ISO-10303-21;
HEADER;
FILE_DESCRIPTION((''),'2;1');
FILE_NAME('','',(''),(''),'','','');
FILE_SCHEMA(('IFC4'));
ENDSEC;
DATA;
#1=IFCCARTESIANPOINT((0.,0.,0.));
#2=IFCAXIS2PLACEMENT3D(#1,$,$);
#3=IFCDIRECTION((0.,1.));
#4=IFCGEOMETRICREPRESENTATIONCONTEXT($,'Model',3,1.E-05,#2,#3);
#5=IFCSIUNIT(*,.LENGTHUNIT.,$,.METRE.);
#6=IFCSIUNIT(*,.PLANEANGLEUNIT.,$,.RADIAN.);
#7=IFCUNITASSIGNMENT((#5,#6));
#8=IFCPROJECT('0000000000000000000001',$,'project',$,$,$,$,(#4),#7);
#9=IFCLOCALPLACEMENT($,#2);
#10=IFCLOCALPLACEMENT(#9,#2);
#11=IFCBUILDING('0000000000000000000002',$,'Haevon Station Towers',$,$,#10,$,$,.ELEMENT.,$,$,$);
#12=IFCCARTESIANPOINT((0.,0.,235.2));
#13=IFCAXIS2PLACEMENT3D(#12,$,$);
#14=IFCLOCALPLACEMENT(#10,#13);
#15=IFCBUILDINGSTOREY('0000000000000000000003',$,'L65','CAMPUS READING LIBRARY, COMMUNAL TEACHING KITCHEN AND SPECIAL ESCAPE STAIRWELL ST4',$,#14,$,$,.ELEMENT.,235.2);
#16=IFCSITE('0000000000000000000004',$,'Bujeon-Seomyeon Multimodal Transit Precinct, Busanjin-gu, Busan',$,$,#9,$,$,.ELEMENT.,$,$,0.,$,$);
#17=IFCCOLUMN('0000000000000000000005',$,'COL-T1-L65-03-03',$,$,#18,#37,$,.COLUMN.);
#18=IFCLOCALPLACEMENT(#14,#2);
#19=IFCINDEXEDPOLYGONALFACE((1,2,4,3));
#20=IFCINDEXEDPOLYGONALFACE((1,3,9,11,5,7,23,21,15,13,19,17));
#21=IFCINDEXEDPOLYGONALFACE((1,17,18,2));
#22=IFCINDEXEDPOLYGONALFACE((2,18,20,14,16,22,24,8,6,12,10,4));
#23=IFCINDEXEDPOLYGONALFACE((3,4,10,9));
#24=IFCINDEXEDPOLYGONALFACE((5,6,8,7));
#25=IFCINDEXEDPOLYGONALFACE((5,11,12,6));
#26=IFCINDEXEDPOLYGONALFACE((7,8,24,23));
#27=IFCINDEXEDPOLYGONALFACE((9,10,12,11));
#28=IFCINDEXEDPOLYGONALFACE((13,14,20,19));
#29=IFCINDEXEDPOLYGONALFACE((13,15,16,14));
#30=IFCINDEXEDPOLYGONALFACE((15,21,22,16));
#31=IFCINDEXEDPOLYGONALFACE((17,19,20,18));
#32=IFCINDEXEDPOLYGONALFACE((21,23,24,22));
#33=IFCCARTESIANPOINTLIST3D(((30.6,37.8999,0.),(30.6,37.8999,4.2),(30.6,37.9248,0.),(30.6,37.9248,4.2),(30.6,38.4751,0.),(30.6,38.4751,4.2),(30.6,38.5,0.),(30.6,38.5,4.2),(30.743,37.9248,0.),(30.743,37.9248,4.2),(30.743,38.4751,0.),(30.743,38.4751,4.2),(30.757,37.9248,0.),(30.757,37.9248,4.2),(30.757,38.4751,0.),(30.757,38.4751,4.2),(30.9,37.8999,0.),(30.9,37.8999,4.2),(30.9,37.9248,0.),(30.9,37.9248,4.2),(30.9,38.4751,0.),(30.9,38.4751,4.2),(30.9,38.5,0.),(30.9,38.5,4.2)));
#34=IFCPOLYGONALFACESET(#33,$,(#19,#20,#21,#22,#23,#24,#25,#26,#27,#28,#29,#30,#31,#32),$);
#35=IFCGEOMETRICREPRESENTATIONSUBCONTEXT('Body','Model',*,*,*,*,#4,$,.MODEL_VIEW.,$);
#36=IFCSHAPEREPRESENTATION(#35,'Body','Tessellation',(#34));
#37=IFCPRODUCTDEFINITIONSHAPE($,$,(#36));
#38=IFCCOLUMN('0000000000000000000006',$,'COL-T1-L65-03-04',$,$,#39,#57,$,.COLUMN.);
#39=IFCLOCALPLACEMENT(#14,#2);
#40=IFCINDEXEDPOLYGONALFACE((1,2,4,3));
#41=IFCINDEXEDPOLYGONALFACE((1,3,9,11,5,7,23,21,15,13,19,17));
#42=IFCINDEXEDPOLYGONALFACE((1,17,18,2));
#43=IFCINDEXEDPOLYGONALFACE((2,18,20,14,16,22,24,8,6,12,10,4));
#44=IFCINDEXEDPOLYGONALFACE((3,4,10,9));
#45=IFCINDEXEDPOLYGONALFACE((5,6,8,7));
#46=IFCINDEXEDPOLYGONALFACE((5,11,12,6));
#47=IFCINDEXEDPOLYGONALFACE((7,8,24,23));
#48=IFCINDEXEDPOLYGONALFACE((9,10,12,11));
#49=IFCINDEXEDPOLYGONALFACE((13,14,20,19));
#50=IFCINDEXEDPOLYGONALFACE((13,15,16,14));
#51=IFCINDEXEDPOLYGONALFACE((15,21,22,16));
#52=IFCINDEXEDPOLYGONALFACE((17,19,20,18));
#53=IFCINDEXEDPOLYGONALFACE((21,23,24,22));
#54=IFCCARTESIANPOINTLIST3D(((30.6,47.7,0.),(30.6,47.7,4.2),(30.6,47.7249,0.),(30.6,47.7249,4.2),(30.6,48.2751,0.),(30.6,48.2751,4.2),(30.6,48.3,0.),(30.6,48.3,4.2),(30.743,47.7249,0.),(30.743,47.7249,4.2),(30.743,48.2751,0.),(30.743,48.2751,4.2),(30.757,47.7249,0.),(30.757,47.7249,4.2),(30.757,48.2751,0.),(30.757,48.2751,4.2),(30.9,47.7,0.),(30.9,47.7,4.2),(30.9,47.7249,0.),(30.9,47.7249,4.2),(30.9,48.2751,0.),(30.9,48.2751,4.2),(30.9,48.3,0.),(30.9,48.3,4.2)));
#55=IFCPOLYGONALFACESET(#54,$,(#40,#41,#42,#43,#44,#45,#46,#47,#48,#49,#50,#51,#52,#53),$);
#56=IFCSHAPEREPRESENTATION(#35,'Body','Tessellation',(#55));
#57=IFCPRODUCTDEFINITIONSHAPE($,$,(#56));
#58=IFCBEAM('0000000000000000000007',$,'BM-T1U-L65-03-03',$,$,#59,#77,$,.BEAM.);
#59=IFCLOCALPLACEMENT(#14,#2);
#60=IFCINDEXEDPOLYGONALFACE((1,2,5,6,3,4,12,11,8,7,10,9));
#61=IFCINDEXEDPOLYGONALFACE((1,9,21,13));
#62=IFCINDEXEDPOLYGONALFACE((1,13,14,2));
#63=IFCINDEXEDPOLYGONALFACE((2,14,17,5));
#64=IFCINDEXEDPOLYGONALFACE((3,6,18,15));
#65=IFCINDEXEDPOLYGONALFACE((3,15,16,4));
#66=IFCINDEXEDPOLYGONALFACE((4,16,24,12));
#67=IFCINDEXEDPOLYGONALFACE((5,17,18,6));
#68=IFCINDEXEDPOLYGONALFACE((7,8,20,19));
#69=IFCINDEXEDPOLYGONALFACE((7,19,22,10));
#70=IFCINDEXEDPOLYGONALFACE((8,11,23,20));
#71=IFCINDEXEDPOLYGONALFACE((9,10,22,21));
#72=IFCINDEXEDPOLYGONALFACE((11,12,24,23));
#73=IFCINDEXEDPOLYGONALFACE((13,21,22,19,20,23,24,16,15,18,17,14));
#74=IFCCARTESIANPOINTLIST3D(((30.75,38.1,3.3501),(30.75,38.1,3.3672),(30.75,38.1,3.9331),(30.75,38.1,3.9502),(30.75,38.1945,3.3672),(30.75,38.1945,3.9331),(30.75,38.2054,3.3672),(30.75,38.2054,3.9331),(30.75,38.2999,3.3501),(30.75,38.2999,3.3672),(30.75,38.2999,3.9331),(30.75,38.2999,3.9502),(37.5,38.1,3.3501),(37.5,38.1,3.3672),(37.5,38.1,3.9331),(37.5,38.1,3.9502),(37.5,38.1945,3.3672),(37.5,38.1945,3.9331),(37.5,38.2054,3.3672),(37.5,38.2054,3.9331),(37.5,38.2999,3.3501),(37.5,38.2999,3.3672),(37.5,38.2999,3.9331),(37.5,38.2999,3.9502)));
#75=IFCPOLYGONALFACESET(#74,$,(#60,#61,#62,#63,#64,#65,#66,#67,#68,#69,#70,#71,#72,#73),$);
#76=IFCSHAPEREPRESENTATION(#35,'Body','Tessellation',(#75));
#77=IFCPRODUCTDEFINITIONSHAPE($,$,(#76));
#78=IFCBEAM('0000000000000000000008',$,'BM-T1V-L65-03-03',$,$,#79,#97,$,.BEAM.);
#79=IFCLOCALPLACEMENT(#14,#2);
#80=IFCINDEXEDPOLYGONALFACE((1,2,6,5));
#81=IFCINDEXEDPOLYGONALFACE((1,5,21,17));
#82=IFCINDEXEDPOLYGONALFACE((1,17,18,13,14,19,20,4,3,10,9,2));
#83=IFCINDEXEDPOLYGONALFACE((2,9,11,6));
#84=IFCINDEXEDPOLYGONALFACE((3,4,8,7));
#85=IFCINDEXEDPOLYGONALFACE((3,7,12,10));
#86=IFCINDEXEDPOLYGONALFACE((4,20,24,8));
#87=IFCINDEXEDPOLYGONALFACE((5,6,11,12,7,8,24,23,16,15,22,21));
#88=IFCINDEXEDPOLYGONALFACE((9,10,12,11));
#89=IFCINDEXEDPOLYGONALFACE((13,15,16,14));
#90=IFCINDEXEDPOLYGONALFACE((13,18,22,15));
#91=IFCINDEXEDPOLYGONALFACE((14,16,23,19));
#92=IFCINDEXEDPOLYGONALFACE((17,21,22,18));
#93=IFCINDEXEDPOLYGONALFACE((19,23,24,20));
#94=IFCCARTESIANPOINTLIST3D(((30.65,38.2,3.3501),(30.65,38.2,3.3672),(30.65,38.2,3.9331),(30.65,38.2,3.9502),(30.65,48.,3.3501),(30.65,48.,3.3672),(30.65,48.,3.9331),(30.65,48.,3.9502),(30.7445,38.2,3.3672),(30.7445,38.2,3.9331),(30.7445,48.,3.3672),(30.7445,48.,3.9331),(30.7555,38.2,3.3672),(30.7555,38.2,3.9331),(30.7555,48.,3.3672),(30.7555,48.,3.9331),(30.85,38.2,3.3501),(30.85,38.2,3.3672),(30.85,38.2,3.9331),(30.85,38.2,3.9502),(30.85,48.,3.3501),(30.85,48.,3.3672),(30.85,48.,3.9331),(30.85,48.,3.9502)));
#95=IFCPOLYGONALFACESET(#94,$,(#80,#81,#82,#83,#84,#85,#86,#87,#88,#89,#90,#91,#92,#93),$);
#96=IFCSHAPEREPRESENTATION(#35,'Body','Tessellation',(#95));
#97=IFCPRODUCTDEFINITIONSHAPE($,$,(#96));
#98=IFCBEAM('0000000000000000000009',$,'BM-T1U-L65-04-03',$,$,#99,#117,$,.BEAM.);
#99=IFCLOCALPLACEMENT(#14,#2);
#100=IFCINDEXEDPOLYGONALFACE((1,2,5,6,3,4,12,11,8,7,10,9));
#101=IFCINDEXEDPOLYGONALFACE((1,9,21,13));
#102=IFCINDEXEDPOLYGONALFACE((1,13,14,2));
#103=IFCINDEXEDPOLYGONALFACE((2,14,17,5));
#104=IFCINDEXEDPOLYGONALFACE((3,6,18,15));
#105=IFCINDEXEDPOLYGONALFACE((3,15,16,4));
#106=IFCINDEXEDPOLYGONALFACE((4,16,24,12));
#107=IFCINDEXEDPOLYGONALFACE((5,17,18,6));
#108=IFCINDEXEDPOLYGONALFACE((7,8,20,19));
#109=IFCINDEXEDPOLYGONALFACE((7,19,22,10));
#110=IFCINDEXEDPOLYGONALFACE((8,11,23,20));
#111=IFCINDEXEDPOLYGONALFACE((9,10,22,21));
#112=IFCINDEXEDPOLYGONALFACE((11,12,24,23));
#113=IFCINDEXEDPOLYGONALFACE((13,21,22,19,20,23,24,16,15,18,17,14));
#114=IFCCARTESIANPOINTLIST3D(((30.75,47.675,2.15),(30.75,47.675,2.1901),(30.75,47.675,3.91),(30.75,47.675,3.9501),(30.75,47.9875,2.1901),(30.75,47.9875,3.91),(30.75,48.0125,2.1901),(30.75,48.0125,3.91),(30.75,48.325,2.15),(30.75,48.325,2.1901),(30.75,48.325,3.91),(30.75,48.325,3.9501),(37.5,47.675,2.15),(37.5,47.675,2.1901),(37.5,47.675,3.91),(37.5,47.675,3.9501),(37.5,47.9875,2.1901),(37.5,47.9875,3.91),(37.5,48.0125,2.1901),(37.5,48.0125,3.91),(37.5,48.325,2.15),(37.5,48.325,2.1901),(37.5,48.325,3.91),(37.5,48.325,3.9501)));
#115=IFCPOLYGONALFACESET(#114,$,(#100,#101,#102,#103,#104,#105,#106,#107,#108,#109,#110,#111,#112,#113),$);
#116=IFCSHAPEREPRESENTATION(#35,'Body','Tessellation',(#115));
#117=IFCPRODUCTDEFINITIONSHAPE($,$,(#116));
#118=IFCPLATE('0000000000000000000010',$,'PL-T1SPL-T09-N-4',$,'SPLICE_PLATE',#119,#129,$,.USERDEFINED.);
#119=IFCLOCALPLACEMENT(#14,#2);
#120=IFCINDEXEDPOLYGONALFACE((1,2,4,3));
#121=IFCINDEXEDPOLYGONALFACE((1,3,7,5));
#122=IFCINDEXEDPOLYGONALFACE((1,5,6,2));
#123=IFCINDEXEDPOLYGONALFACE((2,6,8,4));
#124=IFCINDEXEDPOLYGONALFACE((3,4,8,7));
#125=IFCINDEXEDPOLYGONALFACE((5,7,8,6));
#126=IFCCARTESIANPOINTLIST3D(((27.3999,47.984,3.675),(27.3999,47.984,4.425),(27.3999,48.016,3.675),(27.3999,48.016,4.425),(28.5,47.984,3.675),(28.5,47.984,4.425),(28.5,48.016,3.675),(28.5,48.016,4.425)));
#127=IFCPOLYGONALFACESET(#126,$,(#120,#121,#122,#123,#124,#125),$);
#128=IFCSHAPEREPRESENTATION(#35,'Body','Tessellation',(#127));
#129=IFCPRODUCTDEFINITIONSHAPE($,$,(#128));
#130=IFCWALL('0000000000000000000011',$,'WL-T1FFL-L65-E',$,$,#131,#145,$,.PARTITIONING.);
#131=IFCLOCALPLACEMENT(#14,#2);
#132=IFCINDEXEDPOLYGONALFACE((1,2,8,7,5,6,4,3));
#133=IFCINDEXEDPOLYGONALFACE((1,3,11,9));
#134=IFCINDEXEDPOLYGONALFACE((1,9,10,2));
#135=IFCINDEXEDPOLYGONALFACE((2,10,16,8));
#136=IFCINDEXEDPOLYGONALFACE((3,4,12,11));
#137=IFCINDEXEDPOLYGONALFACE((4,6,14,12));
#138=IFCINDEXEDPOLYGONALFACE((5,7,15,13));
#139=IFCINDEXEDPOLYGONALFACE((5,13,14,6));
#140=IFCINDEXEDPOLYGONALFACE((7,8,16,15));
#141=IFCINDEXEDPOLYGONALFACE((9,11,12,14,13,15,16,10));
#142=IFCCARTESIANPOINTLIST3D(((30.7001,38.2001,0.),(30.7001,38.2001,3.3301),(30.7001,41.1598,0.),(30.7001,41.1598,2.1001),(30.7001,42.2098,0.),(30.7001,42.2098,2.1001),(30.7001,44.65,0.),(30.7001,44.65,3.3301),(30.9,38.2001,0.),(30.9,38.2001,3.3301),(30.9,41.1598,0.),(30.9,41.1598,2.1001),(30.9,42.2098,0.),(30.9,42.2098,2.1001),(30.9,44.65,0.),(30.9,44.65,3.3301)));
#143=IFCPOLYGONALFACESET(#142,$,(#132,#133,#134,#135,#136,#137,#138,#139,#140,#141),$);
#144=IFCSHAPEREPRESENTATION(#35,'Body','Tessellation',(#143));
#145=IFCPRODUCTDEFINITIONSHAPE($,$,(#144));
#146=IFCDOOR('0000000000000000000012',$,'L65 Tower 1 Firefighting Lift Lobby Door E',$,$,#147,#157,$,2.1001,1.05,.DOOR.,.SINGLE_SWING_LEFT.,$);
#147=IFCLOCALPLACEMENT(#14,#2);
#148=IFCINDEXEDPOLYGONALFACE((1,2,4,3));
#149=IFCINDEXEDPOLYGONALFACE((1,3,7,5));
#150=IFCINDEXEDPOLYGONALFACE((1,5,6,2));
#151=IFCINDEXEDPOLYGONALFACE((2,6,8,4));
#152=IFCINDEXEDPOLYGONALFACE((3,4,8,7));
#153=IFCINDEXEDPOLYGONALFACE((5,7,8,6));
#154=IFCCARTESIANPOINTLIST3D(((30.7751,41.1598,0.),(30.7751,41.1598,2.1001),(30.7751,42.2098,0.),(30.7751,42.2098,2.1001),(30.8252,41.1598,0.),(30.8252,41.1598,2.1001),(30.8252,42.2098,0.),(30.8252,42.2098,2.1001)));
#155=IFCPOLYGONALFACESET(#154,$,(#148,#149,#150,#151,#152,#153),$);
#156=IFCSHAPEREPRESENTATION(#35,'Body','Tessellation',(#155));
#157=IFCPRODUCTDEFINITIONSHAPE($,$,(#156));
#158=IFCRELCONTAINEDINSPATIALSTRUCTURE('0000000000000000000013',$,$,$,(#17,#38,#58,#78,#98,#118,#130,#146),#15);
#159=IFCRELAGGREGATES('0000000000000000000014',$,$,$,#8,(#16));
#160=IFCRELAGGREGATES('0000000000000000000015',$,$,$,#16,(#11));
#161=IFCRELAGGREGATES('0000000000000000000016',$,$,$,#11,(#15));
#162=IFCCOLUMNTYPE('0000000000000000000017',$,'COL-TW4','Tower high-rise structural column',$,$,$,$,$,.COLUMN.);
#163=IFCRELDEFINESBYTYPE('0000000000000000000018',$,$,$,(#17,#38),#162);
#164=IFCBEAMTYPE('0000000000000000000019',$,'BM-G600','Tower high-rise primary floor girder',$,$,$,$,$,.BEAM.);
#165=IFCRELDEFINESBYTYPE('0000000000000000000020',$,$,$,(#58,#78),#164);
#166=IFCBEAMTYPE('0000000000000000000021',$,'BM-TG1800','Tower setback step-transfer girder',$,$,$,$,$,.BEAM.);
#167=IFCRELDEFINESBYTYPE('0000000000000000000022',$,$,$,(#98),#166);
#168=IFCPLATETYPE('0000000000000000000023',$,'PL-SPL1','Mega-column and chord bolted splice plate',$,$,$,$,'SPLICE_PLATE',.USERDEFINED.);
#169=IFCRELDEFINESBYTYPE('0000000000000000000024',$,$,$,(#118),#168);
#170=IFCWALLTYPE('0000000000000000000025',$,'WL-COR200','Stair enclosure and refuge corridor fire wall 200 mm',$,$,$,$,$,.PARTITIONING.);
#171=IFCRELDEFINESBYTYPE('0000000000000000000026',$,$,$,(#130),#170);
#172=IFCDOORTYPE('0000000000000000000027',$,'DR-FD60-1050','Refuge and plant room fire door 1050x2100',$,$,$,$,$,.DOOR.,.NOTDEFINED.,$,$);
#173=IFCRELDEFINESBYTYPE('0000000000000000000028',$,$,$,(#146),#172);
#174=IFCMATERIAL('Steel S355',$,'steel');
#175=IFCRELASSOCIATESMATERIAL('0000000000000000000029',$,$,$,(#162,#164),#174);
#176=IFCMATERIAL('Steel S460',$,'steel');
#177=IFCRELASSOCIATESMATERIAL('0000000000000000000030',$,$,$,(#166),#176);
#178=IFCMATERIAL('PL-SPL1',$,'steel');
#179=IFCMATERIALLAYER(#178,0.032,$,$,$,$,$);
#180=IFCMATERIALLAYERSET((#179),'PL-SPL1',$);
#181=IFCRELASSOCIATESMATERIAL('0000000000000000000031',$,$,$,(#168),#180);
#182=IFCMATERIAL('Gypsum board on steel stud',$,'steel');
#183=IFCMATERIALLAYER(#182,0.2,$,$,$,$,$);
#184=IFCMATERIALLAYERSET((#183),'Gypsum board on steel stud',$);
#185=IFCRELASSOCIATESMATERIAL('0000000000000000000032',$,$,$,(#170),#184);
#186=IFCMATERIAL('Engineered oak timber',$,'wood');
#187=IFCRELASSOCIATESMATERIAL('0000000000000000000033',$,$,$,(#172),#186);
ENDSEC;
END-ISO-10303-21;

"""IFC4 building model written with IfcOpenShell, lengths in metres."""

from ifc_helpers import new_model, si_unit, direction, frame, frame_2d, origin, origin_2d, place, context, subcontext, project, spatial, rectangle, i_section, extrude, material, layer, layer_set, material_profile, profile_set, type_object, element, fill, save


model = new_model("IFC4")

# Units and contexts
model_context = context("Model", 3, precision=1e-05, world=origin(), true_north=direction((0.0, 1.0)))
body_context = subcontext(model_context, "Body", "Model", "MODEL_VIEW")
ifc_project = project(units=[si_unit("LENGTHUNIT", "METRE"), si_unit("PLANEANGLEUNIT", "RADIAN")], contexts=[model_context])

# Site, building, storey
site_placement = place(None, origin())
site = spatial("IfcSite", under=ifc_project, at=site_placement, Name="Bujeon-Seomyeon Multimodal Transit Precinct, Busanjin-gu, Busan", CompositionType="ELEMENT", RefElevation=0.0)
building_placement = place(site_placement, origin())
building = spatial("IfcBuilding", under=site, at=building_placement, Name="Haevon Station Towers", CompositionType="ELEMENT")
storey_placement = place(building_placement, frame((0.0, 0.0, 235.2)))
storey = spatial("IfcBuildingStorey", under=building, at=storey_placement, Name="L65", Description="CAMPUS READING LIBRARY, COMMUNAL TEACHING KITCHEN AND SPECIAL ESCAPE STAIRWELL ST4", CompositionType="ELEMENT", Elevation=235.2)

# Columns
ifc_material_1 = material(Name="Steel S355", Category="steel")
ifc_material_profile_1 = material_profile(ifc_material_1, i_section(OverallWidth=0.3, OverallDepth=0.6001, WebThickness=0.0139, FlangeThickness=0.0249, at=origin_2d()), Name="H-600x300x14x25")
ifc_profile_set_1 = profile_set([ifc_material_profile_1], Name="Steel S355")
column_type = type_object("IfcColumnType", Name="COL-TW4", Description="Tower high-rise structural column", PredefinedType="COLUMN", material=ifc_profile_set_1)
for number, where, z_axis, x_axis, name in (
    (1, (30.75, 38.2, 0.0), (0.0, 0.0, 1.0), (1.0, 0.0, 0.0), "COL-T1-L65-03-03"),
    (2, (30.75, 48.0, 0.0), (0.0, 0.0, 1.0), (1.0, 0.0, 0.0), "COL-T1-L65-03-04"),
):
    element("IfcColumn", number, at=place(storey_placement, frame(where, z_axis=z_axis, x_axis=x_axis)), inside=storey, type_object=column_type, Name=name, PredefinedType="COLUMN", context=body_context, shape_type="SweptSolid", body=[
        extrude(i_section(OverallWidth=0.3, OverallDepth=0.6001, WebThickness=0.0139, FlangeThickness=0.0249, at=origin_2d()), origin(), (0.0, 0.0, 1.0), 4.2),
    ])

# Beams
ifc_material_profile_2 = material_profile(ifc_material_1, i_section(OverallWidth=0.2, OverallDepth=0.6001, WebThickness=0.011, FlangeThickness=0.0171, at=origin_2d()), Name="H-600x200x11x17")
ifc_profile_set_2 = profile_set([ifc_material_profile_2], Name="Steel S355")
beam_type_1 = type_object("IfcBeamType", Name="BM-G600", Description="Tower high-rise primary floor girder", PredefinedType="BEAM", material=ifc_profile_set_2)
beam_1_placement = place(storey_placement, frame((30.75, 38.2, 3.6501), z_axis=(1.0, 0.0, 0.0), x_axis=(0.0, 1.0, 0.0)))
element("IfcBeam", 3, at=beam_1_placement, inside=storey, type_object=beam_type_1, Name="BM-T1U-L65-03-03", PredefinedType="BEAM", context=body_context, shape_type="SweptSolid", body=[
    extrude(i_section(OverallWidth=0.2, OverallDepth=0.6001, WebThickness=0.011, FlangeThickness=0.0171, at=origin_2d()), origin(), (0.0, 0.0, 1.0), 6.75),
])
beam_2_placement = place(storey_placement, frame((30.75, 38.2, 3.6501), z_axis=(0.0, 1.0, 0.0), x_axis=(-1.0, 0.0, 0.0)))
element("IfcBeam", 4, at=beam_2_placement, inside=storey, type_object=beam_type_1, Name="BM-T1V-L65-03-03", PredefinedType="BEAM", context=body_context, shape_type="SweptSolid", body=[
    extrude(i_section(OverallWidth=0.2, OverallDepth=0.6001, WebThickness=0.011, FlangeThickness=0.0171, at=origin_2d()), origin(), (0.0, 0.0, 1.0), 9.8),
])
ifc_material_2 = material(Name="Steel S460", Category="steel")
ifc_material_profile_3 = material_profile(ifc_material_2, i_section(OverallWidth=0.6499, OverallDepth=1.8, WebThickness=0.0249, FlangeThickness=0.04, at=origin_2d()), Name="H-1800x650x25x40")
ifc_profile_set_3 = profile_set([ifc_material_profile_3], Name="Steel S460")
beam_type_2 = type_object("IfcBeamType", Name="BM-TG1800", Description="Tower setback step-transfer girder", PredefinedType="BEAM", material=ifc_profile_set_3)
beam_3_placement = place(storey_placement, frame((30.75, 48.0, 3.05), z_axis=(1.0, 0.0, 0.0), x_axis=(0.0, 1.0, 0.0)))
element("IfcBeam", 5, at=beam_3_placement, inside=storey, type_object=beam_type_2, Name="BM-T1U-L65-04-03", PredefinedType="BEAM", context=body_context, shape_type="SweptSolid", body=[
    extrude(i_section(OverallWidth=0.6499, OverallDepth=1.8, WebThickness=0.0249, FlangeThickness=0.04, at=origin_2d()), origin(), (0.0, 0.0, 1.0), 6.75),
])

# Plate
ifc_material_3 = material(Name="PL-SPL1", Category="steel")
ifc_layer_1 = layer(ifc_material_3, 0.032)
ifc_layer_set_1 = layer_set([ifc_layer_1], Name="PL-SPL1")
plate_type = type_object("IfcPlateType", Name="PL-SPL1", Description="Mega-column and chord bolted splice plate", ElementType="SPLICE_PLATE", PredefinedType="USERDEFINED", material=ifc_layer_set_1)
plate_placement = place(storey_placement, frame((27.95, 48.0, 3.675), z_axis=(0.0, 0.0, 1.0), x_axis=(1.0, 0.0, 0.0)))
element("IfcPlate", 6, at=plate_placement, inside=storey, type_object=plate_type, Name="PL-T1SPL-T09-N-4", ObjectType="SPLICE_PLATE", PredefinedType="USERDEFINED", context=body_context, shape_type="SweptSolid", body=[
    extrude(rectangle(XDim=1.1001, YDim=0.032, at=origin_2d()), origin(), (0.0, 0.0, 1.0), 0.75),
])

# Wall, opening, door
ifc_material_4 = material(Name="Gypsum board on steel stud", Category="steel")
ifc_layer_2 = layer(ifc_material_4, 0.2)
ifc_layer_set_2 = layer_set([ifc_layer_2], Name="Gypsum board on steel stud")
wall_type_1 = type_object("IfcWallType", Name="WL-COR200", Description="Stair enclosure and refuge corridor fire wall 200 mm", PredefinedType="PARTITIONING", material=ifc_layer_set_2)
wall_1_placement = place(storey_placement, frame((30.8, 38.2, 0.0), z_axis=(0.0, 0.0, 1.0), x_axis=(0.0, 1.0, 0.0)))
wall_1 = element("IfcWall", 7, at=wall_1_placement, inside=storey, type_object=wall_type_1, Name="WL-T1FFL-L65-E", PredefinedType="PARTITIONING", context=body_context, shape_type="SweptSolid", body=[
    extrude(rectangle(XDim=6.45, YDim=0.2, at=frame_2d((3.2251, 0.0))), origin(), (0.0, 0.0, 1.0), 3.3301),
])
opening_1_placement = place(wall_1_placement, frame((2.96, 0.0, 0.0)))
opening_1 = element("IfcOpeningElement", 8, at=opening_1_placement, cuts=wall_1, PredefinedType="OPENING", context=body_context, shape_type="SweptSolid", body=[
    extrude(rectangle(XDim=1.05, YDim=2.1001, at=frame_2d((0.5249, 1.05))), frame((0.0, 0.1099, 0.0), z_axis=(0.0, -1.0, 0.0), x_axis=(1.0, 0.0, 0.0)), (0.0, 0.0, 1.0), 0.22),
])
ifc_material_5 = material(Name="Engineered oak timber", Category="wood")
door_type_1 = type_object("IfcDoorType", Name="DR-FD60-1050", Description="Refuge and plant room fire door 1050x2100", OperationType="NOTDEFINED", PredefinedType="DOOR", material=ifc_material_5)
door_1_placement = place(opening_1_placement, origin())
door_1 = element("IfcDoor", 9, at=door_1_placement, inside=storey, type_object=door_type_1, Name="L65 Tower 1 Firefighting Lift Lobby Door E", OperationType="SINGLE_SWING_LEFT", OverallHeight=2.1001, OverallWidth=1.05, PredefinedType="DOOR", context=body_context, shape_type="SweptSolid", body=[
    extrude(rectangle(XDim=1.05, YDim=2.1001, at=frame_2d((0.5249, 1.05))), frame((0.0, 0.0249, 0.0), z_axis=(0.0, -1.0, 0.0), x_axis=(1.0, 0.0, 0.0)), (0.0, 0.0, 1.0), 0.05),
])
fill(opening_1, door_1)

save(model, "model.ifc")
